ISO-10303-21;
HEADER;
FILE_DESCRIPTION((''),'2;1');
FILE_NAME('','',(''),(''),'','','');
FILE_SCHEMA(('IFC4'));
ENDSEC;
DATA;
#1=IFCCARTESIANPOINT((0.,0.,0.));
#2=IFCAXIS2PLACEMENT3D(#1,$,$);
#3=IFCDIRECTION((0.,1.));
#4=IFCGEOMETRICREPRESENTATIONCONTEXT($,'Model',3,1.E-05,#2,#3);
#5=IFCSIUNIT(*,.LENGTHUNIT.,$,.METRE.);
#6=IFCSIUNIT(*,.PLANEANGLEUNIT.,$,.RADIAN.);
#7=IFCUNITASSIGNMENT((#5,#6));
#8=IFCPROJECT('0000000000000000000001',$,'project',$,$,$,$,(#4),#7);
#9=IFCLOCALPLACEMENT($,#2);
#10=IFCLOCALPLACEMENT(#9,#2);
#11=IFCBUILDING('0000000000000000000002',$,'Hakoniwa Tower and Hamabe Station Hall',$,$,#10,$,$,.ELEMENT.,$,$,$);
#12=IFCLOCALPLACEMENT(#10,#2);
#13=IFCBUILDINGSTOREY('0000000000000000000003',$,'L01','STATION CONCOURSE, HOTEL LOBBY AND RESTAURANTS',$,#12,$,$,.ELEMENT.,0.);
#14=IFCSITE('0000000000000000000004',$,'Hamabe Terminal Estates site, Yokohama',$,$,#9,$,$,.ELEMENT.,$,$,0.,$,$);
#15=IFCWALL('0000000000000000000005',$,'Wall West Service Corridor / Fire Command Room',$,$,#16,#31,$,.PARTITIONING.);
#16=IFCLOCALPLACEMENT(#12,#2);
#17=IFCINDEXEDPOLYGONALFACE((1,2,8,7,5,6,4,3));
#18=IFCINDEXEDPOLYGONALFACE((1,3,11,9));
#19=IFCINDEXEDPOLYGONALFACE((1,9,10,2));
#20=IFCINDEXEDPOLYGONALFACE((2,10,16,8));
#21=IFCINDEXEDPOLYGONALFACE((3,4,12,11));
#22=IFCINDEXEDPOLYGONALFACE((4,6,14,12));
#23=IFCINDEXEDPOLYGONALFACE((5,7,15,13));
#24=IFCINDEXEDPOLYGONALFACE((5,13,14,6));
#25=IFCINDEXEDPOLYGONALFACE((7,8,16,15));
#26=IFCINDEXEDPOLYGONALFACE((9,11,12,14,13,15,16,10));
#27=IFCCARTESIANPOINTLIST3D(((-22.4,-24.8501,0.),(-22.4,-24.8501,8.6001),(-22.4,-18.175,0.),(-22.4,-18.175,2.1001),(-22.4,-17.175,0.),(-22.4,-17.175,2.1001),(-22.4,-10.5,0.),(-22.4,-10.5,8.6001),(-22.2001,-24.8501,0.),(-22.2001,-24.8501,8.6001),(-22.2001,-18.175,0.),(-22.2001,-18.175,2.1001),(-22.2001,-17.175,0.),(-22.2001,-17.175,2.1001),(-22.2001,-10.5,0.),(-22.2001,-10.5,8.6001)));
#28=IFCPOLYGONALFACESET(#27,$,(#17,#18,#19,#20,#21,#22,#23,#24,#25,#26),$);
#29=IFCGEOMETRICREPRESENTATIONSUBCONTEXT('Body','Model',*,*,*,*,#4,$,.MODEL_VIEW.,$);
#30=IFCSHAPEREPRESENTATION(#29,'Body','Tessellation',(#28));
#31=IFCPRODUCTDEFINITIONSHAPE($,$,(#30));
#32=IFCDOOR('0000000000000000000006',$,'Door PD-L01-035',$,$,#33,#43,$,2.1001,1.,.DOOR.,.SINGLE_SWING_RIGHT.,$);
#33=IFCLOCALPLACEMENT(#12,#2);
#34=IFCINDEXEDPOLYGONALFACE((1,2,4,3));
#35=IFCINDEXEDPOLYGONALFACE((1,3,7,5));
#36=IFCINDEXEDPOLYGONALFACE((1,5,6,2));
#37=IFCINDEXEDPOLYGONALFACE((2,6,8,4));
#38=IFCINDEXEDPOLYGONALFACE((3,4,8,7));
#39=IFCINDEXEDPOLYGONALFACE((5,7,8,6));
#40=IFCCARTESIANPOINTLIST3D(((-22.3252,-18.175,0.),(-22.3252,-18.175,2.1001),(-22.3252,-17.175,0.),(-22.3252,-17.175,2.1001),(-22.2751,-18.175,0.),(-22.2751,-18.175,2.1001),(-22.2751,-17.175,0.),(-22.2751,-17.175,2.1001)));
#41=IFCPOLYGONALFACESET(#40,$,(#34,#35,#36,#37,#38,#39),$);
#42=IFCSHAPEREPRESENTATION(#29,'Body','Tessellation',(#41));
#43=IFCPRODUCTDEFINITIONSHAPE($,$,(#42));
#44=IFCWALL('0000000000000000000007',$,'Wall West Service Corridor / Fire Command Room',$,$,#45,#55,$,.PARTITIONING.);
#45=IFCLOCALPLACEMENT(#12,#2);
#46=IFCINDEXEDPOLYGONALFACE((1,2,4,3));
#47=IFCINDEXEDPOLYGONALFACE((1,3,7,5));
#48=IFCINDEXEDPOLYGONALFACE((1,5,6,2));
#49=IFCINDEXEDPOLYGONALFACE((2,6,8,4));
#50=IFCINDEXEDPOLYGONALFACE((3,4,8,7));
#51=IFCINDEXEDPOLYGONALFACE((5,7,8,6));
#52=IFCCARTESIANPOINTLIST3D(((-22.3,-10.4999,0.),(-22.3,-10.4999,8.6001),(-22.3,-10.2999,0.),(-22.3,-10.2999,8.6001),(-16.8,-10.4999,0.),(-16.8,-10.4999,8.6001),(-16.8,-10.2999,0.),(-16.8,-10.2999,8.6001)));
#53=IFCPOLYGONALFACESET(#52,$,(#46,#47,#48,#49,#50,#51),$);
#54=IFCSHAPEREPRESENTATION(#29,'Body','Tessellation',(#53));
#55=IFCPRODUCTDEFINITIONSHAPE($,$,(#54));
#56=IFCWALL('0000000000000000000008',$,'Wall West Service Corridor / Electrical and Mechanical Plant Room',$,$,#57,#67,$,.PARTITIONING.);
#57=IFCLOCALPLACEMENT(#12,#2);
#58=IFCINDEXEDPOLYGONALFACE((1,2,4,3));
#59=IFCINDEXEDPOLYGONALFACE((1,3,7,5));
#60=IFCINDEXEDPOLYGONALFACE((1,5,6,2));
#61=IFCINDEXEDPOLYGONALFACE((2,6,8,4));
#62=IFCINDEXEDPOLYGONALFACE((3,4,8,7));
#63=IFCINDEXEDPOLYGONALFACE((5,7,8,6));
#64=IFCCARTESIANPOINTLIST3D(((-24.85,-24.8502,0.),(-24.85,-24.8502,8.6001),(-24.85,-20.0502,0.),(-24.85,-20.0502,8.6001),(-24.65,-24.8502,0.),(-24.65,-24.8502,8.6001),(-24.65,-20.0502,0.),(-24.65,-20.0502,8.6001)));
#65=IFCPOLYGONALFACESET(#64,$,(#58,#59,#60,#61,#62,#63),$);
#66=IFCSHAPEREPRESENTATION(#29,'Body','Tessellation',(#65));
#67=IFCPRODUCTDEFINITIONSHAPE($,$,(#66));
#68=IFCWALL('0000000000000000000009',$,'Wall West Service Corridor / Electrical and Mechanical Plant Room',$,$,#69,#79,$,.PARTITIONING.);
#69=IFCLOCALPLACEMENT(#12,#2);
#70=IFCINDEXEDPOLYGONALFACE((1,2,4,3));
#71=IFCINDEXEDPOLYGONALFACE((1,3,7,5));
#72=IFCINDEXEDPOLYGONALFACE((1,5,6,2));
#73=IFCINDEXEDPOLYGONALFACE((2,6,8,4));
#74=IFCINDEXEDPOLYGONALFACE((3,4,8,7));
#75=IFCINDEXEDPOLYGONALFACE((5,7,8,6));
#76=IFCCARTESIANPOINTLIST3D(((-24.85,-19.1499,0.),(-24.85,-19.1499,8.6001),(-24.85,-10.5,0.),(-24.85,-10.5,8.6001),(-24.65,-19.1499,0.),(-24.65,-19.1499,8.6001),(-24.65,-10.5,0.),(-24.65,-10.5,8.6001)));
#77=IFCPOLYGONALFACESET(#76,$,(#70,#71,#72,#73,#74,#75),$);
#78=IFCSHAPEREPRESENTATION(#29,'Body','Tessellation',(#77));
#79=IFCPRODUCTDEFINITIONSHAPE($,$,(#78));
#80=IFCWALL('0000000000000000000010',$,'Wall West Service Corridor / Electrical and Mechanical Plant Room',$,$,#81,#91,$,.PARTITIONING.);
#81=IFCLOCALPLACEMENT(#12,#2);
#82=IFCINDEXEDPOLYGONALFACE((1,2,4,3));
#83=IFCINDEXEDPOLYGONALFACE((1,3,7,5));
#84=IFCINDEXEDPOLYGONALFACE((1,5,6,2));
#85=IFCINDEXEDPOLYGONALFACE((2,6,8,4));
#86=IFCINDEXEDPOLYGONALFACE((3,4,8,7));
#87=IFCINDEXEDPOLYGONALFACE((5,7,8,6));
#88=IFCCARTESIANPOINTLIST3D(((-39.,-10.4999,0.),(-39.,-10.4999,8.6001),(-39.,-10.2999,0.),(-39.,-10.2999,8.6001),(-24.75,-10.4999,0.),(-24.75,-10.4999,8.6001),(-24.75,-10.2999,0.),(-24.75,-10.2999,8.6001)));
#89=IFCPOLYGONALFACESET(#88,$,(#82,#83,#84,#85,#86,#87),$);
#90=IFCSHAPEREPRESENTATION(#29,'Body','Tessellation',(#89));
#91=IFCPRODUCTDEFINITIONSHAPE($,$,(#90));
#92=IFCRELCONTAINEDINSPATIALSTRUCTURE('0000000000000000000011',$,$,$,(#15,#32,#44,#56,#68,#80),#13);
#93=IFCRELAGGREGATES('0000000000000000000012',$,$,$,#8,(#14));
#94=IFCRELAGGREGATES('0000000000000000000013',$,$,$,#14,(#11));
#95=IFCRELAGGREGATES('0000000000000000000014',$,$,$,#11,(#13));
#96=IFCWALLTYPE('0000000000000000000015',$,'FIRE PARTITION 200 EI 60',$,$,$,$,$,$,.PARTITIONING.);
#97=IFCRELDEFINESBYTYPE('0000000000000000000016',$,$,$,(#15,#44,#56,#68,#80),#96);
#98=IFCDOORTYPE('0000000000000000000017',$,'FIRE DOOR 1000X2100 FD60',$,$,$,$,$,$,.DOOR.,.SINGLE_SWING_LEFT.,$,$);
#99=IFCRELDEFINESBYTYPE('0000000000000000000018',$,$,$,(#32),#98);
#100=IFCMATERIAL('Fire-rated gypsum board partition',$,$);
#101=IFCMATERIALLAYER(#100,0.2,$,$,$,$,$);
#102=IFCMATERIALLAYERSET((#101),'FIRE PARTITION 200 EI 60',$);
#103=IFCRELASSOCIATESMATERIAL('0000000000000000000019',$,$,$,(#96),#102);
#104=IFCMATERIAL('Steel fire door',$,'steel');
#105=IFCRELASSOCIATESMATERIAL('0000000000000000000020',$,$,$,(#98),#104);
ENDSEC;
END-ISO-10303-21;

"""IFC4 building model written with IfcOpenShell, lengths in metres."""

from ifc_helpers import new_model, si_unit, direction, frame, frame_2d, origin, place, context, subcontext, project, spatial, rectangle, extrude, material, layer, layer_set, type_object, element, fill, save


model = new_model("IFC4")

# Units and contexts
model_context = context("Model", 3, precision=1e-05, world=origin(), true_north=direction((0.0, 1.0)))
body_context = subcontext(model_context, "Body", "Model", "MODEL_VIEW")
ifc_project = project(units=[si_unit("LENGTHUNIT", "METRE"), si_unit("PLANEANGLEUNIT", "RADIAN")], contexts=[model_context])

# Site, building, storey
site_placement = place(None, origin())
site = spatial("IfcSite", under=ifc_project, at=site_placement, Name="Hamabe Terminal Estates site, Yokohama", CompositionType="ELEMENT", RefElevation=0.0)
building_placement = place(site_placement, origin())
building = spatial("IfcBuilding", under=site, at=building_placement, Name="Hakoniwa Tower and Hamabe Station Hall", CompositionType="ELEMENT")
storey_placement = place(building_placement, origin())
storey = spatial("IfcBuildingStorey", under=building, at=storey_placement, Name="L01", Description="STATION CONCOURSE, HOTEL LOBBY AND RESTAURANTS", CompositionType="ELEMENT", Elevation=0.0)

# Shared definitions
ifc_material_1 = material(Name="Fire-rated gypsum board partition")
ifc_layer_1 = layer(ifc_material_1, 0.2)
ifc_layer_set_1 = layer_set([ifc_layer_1], Name="FIRE PARTITION 200 EI 60")
wall_type_1 = type_object("IfcWallType", Name="FIRE PARTITION 200 EI 60", PredefinedType="PARTITIONING", material=ifc_layer_set_1)

# Wall, opening, door
wall_1_placement = place(storey_placement, frame((-22.3, -10.5, 0.0), z_axis=(0.0, 0.0, 1.0), x_axis=(0.0, -1.0, 0.0)))
wall_1 = element("IfcWall", 1, at=wall_1_placement, inside=storey, type_object=wall_type_1, Name="Wall West Service Corridor / Fire Command Room", PredefinedType="PARTITIONING", context=body_context, shape_type="SweptSolid", body=[
    extrude(rectangle(XDim=14.3501, YDim=0.2, at=frame_2d((7.175, 0.0))), origin(), (0.0, 0.0, 1.0), 8.6001),
])
opening_1_placement = place(wall_1_placement, frame((6.675, 0.0, 0.0)))
opening_1 = element("IfcOpeningElement", 2, at=opening_1_placement, cuts=wall_1, PredefinedType="OPENING", context=body_context, shape_type="SweptSolid", body=[
    extrude(rectangle(XDim=1.0, YDim=2.1001, at=frame_2d((0.5, 1.05))), frame((0.0, 0.1099, 0.0), z_axis=(0.0, -1.0, 0.0), x_axis=(1.0, 0.0, 0.0)), (0.0, 0.0, 1.0), 0.22),
])
ifc_material_2 = material(Name="Steel fire door", Category="steel")
door_type_1 = type_object("IfcDoorType", Name="FIRE DOOR 1000X2100 FD60", OperationType="SINGLE_SWING_LEFT", PredefinedType="DOOR", material=ifc_material_2)
door_1_placement = place(opening_1_placement, origin())
door_1 = element("IfcDoor", 3, at=door_1_placement, inside=storey, type_object=door_type_1, Name="Door PD-L01-035", OperationType="SINGLE_SWING_RIGHT", OverallHeight=2.1001, OverallWidth=1.0, PredefinedType="DOOR", context=body_context, shape_type="SweptSolid", body=[
    extrude(rectangle(XDim=1.0, YDim=2.1001, at=frame_2d((0.5, 1.05))), frame((0.0, 0.0249, 0.0), z_axis=(0.0, -1.0, 0.0), x_axis=(1.0, 0.0, 0.0)), (0.0, 0.0, 1.0), 0.05),
])
fill(opening_1, door_1)

# Walls
wall_2_placement = place(storey_placement, frame((-16.8, -10.3999, 0.0), z_axis=(0.0, 0.0, 1.0), x_axis=(-1.0, 0.0, 0.0)))
element("IfcWall", 4, at=wall_2_placement, inside=storey, type_object=wall_type_1, Name="Wall West Service Corridor / Fire Command Room", PredefinedType="PARTITIONING", context=body_context, shape_type="SweptSolid", body=[
    extrude(rectangle(XDim=5.5, YDim=0.2, at=frame_2d((2.75, 0.0))), origin(), (0.0, 0.0, 1.0), 8.6001),
])
wall_3_placement = place(storey_placement, frame((-24.75, -24.8501, 0.0), z_axis=(0.0, 0.0, 1.0), x_axis=(0.0, 1.0, 0.0)))
element("IfcWall", 5, at=wall_3_placement, inside=storey, type_object=wall_type_1, Name="Wall West Service Corridor / Electrical and Mechanical Plant Room", PredefinedType="PARTITIONING", context=body_context, shape_type="SweptSolid", body=[
    extrude(rectangle(XDim=4.8, YDim=0.2, at=frame_2d((2.3999, 0.0))), origin(), (0.0, 0.0, 1.0), 8.6001),
])
wall_4_placement = place(storey_placement, frame((-24.75, -19.1499, 0.0), z_axis=(0.0, 0.0, 1.0), x_axis=(0.0, 1.0, 0.0)))
element("IfcWall", 6, at=wall_4_placement, inside=storey, type_object=wall_type_1, Name="Wall West Service Corridor / Electrical and Mechanical Plant Room", PredefinedType="PARTITIONING", context=body_context, shape_type="SweptSolid", body=[
    extrude(rectangle(XDim=8.6499, YDim=0.2, at=frame_2d((4.325, 0.0))), origin(), (0.0, 0.0, 1.0), 8.6001),
])
wall_5_placement = place(storey_placement, frame((-24.75, -10.3999, 0.0), z_axis=(0.0, 0.0, 1.0), x_axis=(-1.0, 0.0, 0.0)))
element("IfcWall", 7, at=wall_5_placement, inside=storey, type_object=wall_type_1, Name="Wall West Service Corridor / Electrical and Mechanical Plant Room", PredefinedType="PARTITIONING", context=body_context, shape_type="SweptSolid", body=[
    extrude(rectangle(XDim=14.25, YDim=0.2, at=frame_2d((7.125, 0.0))), origin(), (0.0, 0.0, 1.0), 8.6001),
])

save(model, "model.ifc")
